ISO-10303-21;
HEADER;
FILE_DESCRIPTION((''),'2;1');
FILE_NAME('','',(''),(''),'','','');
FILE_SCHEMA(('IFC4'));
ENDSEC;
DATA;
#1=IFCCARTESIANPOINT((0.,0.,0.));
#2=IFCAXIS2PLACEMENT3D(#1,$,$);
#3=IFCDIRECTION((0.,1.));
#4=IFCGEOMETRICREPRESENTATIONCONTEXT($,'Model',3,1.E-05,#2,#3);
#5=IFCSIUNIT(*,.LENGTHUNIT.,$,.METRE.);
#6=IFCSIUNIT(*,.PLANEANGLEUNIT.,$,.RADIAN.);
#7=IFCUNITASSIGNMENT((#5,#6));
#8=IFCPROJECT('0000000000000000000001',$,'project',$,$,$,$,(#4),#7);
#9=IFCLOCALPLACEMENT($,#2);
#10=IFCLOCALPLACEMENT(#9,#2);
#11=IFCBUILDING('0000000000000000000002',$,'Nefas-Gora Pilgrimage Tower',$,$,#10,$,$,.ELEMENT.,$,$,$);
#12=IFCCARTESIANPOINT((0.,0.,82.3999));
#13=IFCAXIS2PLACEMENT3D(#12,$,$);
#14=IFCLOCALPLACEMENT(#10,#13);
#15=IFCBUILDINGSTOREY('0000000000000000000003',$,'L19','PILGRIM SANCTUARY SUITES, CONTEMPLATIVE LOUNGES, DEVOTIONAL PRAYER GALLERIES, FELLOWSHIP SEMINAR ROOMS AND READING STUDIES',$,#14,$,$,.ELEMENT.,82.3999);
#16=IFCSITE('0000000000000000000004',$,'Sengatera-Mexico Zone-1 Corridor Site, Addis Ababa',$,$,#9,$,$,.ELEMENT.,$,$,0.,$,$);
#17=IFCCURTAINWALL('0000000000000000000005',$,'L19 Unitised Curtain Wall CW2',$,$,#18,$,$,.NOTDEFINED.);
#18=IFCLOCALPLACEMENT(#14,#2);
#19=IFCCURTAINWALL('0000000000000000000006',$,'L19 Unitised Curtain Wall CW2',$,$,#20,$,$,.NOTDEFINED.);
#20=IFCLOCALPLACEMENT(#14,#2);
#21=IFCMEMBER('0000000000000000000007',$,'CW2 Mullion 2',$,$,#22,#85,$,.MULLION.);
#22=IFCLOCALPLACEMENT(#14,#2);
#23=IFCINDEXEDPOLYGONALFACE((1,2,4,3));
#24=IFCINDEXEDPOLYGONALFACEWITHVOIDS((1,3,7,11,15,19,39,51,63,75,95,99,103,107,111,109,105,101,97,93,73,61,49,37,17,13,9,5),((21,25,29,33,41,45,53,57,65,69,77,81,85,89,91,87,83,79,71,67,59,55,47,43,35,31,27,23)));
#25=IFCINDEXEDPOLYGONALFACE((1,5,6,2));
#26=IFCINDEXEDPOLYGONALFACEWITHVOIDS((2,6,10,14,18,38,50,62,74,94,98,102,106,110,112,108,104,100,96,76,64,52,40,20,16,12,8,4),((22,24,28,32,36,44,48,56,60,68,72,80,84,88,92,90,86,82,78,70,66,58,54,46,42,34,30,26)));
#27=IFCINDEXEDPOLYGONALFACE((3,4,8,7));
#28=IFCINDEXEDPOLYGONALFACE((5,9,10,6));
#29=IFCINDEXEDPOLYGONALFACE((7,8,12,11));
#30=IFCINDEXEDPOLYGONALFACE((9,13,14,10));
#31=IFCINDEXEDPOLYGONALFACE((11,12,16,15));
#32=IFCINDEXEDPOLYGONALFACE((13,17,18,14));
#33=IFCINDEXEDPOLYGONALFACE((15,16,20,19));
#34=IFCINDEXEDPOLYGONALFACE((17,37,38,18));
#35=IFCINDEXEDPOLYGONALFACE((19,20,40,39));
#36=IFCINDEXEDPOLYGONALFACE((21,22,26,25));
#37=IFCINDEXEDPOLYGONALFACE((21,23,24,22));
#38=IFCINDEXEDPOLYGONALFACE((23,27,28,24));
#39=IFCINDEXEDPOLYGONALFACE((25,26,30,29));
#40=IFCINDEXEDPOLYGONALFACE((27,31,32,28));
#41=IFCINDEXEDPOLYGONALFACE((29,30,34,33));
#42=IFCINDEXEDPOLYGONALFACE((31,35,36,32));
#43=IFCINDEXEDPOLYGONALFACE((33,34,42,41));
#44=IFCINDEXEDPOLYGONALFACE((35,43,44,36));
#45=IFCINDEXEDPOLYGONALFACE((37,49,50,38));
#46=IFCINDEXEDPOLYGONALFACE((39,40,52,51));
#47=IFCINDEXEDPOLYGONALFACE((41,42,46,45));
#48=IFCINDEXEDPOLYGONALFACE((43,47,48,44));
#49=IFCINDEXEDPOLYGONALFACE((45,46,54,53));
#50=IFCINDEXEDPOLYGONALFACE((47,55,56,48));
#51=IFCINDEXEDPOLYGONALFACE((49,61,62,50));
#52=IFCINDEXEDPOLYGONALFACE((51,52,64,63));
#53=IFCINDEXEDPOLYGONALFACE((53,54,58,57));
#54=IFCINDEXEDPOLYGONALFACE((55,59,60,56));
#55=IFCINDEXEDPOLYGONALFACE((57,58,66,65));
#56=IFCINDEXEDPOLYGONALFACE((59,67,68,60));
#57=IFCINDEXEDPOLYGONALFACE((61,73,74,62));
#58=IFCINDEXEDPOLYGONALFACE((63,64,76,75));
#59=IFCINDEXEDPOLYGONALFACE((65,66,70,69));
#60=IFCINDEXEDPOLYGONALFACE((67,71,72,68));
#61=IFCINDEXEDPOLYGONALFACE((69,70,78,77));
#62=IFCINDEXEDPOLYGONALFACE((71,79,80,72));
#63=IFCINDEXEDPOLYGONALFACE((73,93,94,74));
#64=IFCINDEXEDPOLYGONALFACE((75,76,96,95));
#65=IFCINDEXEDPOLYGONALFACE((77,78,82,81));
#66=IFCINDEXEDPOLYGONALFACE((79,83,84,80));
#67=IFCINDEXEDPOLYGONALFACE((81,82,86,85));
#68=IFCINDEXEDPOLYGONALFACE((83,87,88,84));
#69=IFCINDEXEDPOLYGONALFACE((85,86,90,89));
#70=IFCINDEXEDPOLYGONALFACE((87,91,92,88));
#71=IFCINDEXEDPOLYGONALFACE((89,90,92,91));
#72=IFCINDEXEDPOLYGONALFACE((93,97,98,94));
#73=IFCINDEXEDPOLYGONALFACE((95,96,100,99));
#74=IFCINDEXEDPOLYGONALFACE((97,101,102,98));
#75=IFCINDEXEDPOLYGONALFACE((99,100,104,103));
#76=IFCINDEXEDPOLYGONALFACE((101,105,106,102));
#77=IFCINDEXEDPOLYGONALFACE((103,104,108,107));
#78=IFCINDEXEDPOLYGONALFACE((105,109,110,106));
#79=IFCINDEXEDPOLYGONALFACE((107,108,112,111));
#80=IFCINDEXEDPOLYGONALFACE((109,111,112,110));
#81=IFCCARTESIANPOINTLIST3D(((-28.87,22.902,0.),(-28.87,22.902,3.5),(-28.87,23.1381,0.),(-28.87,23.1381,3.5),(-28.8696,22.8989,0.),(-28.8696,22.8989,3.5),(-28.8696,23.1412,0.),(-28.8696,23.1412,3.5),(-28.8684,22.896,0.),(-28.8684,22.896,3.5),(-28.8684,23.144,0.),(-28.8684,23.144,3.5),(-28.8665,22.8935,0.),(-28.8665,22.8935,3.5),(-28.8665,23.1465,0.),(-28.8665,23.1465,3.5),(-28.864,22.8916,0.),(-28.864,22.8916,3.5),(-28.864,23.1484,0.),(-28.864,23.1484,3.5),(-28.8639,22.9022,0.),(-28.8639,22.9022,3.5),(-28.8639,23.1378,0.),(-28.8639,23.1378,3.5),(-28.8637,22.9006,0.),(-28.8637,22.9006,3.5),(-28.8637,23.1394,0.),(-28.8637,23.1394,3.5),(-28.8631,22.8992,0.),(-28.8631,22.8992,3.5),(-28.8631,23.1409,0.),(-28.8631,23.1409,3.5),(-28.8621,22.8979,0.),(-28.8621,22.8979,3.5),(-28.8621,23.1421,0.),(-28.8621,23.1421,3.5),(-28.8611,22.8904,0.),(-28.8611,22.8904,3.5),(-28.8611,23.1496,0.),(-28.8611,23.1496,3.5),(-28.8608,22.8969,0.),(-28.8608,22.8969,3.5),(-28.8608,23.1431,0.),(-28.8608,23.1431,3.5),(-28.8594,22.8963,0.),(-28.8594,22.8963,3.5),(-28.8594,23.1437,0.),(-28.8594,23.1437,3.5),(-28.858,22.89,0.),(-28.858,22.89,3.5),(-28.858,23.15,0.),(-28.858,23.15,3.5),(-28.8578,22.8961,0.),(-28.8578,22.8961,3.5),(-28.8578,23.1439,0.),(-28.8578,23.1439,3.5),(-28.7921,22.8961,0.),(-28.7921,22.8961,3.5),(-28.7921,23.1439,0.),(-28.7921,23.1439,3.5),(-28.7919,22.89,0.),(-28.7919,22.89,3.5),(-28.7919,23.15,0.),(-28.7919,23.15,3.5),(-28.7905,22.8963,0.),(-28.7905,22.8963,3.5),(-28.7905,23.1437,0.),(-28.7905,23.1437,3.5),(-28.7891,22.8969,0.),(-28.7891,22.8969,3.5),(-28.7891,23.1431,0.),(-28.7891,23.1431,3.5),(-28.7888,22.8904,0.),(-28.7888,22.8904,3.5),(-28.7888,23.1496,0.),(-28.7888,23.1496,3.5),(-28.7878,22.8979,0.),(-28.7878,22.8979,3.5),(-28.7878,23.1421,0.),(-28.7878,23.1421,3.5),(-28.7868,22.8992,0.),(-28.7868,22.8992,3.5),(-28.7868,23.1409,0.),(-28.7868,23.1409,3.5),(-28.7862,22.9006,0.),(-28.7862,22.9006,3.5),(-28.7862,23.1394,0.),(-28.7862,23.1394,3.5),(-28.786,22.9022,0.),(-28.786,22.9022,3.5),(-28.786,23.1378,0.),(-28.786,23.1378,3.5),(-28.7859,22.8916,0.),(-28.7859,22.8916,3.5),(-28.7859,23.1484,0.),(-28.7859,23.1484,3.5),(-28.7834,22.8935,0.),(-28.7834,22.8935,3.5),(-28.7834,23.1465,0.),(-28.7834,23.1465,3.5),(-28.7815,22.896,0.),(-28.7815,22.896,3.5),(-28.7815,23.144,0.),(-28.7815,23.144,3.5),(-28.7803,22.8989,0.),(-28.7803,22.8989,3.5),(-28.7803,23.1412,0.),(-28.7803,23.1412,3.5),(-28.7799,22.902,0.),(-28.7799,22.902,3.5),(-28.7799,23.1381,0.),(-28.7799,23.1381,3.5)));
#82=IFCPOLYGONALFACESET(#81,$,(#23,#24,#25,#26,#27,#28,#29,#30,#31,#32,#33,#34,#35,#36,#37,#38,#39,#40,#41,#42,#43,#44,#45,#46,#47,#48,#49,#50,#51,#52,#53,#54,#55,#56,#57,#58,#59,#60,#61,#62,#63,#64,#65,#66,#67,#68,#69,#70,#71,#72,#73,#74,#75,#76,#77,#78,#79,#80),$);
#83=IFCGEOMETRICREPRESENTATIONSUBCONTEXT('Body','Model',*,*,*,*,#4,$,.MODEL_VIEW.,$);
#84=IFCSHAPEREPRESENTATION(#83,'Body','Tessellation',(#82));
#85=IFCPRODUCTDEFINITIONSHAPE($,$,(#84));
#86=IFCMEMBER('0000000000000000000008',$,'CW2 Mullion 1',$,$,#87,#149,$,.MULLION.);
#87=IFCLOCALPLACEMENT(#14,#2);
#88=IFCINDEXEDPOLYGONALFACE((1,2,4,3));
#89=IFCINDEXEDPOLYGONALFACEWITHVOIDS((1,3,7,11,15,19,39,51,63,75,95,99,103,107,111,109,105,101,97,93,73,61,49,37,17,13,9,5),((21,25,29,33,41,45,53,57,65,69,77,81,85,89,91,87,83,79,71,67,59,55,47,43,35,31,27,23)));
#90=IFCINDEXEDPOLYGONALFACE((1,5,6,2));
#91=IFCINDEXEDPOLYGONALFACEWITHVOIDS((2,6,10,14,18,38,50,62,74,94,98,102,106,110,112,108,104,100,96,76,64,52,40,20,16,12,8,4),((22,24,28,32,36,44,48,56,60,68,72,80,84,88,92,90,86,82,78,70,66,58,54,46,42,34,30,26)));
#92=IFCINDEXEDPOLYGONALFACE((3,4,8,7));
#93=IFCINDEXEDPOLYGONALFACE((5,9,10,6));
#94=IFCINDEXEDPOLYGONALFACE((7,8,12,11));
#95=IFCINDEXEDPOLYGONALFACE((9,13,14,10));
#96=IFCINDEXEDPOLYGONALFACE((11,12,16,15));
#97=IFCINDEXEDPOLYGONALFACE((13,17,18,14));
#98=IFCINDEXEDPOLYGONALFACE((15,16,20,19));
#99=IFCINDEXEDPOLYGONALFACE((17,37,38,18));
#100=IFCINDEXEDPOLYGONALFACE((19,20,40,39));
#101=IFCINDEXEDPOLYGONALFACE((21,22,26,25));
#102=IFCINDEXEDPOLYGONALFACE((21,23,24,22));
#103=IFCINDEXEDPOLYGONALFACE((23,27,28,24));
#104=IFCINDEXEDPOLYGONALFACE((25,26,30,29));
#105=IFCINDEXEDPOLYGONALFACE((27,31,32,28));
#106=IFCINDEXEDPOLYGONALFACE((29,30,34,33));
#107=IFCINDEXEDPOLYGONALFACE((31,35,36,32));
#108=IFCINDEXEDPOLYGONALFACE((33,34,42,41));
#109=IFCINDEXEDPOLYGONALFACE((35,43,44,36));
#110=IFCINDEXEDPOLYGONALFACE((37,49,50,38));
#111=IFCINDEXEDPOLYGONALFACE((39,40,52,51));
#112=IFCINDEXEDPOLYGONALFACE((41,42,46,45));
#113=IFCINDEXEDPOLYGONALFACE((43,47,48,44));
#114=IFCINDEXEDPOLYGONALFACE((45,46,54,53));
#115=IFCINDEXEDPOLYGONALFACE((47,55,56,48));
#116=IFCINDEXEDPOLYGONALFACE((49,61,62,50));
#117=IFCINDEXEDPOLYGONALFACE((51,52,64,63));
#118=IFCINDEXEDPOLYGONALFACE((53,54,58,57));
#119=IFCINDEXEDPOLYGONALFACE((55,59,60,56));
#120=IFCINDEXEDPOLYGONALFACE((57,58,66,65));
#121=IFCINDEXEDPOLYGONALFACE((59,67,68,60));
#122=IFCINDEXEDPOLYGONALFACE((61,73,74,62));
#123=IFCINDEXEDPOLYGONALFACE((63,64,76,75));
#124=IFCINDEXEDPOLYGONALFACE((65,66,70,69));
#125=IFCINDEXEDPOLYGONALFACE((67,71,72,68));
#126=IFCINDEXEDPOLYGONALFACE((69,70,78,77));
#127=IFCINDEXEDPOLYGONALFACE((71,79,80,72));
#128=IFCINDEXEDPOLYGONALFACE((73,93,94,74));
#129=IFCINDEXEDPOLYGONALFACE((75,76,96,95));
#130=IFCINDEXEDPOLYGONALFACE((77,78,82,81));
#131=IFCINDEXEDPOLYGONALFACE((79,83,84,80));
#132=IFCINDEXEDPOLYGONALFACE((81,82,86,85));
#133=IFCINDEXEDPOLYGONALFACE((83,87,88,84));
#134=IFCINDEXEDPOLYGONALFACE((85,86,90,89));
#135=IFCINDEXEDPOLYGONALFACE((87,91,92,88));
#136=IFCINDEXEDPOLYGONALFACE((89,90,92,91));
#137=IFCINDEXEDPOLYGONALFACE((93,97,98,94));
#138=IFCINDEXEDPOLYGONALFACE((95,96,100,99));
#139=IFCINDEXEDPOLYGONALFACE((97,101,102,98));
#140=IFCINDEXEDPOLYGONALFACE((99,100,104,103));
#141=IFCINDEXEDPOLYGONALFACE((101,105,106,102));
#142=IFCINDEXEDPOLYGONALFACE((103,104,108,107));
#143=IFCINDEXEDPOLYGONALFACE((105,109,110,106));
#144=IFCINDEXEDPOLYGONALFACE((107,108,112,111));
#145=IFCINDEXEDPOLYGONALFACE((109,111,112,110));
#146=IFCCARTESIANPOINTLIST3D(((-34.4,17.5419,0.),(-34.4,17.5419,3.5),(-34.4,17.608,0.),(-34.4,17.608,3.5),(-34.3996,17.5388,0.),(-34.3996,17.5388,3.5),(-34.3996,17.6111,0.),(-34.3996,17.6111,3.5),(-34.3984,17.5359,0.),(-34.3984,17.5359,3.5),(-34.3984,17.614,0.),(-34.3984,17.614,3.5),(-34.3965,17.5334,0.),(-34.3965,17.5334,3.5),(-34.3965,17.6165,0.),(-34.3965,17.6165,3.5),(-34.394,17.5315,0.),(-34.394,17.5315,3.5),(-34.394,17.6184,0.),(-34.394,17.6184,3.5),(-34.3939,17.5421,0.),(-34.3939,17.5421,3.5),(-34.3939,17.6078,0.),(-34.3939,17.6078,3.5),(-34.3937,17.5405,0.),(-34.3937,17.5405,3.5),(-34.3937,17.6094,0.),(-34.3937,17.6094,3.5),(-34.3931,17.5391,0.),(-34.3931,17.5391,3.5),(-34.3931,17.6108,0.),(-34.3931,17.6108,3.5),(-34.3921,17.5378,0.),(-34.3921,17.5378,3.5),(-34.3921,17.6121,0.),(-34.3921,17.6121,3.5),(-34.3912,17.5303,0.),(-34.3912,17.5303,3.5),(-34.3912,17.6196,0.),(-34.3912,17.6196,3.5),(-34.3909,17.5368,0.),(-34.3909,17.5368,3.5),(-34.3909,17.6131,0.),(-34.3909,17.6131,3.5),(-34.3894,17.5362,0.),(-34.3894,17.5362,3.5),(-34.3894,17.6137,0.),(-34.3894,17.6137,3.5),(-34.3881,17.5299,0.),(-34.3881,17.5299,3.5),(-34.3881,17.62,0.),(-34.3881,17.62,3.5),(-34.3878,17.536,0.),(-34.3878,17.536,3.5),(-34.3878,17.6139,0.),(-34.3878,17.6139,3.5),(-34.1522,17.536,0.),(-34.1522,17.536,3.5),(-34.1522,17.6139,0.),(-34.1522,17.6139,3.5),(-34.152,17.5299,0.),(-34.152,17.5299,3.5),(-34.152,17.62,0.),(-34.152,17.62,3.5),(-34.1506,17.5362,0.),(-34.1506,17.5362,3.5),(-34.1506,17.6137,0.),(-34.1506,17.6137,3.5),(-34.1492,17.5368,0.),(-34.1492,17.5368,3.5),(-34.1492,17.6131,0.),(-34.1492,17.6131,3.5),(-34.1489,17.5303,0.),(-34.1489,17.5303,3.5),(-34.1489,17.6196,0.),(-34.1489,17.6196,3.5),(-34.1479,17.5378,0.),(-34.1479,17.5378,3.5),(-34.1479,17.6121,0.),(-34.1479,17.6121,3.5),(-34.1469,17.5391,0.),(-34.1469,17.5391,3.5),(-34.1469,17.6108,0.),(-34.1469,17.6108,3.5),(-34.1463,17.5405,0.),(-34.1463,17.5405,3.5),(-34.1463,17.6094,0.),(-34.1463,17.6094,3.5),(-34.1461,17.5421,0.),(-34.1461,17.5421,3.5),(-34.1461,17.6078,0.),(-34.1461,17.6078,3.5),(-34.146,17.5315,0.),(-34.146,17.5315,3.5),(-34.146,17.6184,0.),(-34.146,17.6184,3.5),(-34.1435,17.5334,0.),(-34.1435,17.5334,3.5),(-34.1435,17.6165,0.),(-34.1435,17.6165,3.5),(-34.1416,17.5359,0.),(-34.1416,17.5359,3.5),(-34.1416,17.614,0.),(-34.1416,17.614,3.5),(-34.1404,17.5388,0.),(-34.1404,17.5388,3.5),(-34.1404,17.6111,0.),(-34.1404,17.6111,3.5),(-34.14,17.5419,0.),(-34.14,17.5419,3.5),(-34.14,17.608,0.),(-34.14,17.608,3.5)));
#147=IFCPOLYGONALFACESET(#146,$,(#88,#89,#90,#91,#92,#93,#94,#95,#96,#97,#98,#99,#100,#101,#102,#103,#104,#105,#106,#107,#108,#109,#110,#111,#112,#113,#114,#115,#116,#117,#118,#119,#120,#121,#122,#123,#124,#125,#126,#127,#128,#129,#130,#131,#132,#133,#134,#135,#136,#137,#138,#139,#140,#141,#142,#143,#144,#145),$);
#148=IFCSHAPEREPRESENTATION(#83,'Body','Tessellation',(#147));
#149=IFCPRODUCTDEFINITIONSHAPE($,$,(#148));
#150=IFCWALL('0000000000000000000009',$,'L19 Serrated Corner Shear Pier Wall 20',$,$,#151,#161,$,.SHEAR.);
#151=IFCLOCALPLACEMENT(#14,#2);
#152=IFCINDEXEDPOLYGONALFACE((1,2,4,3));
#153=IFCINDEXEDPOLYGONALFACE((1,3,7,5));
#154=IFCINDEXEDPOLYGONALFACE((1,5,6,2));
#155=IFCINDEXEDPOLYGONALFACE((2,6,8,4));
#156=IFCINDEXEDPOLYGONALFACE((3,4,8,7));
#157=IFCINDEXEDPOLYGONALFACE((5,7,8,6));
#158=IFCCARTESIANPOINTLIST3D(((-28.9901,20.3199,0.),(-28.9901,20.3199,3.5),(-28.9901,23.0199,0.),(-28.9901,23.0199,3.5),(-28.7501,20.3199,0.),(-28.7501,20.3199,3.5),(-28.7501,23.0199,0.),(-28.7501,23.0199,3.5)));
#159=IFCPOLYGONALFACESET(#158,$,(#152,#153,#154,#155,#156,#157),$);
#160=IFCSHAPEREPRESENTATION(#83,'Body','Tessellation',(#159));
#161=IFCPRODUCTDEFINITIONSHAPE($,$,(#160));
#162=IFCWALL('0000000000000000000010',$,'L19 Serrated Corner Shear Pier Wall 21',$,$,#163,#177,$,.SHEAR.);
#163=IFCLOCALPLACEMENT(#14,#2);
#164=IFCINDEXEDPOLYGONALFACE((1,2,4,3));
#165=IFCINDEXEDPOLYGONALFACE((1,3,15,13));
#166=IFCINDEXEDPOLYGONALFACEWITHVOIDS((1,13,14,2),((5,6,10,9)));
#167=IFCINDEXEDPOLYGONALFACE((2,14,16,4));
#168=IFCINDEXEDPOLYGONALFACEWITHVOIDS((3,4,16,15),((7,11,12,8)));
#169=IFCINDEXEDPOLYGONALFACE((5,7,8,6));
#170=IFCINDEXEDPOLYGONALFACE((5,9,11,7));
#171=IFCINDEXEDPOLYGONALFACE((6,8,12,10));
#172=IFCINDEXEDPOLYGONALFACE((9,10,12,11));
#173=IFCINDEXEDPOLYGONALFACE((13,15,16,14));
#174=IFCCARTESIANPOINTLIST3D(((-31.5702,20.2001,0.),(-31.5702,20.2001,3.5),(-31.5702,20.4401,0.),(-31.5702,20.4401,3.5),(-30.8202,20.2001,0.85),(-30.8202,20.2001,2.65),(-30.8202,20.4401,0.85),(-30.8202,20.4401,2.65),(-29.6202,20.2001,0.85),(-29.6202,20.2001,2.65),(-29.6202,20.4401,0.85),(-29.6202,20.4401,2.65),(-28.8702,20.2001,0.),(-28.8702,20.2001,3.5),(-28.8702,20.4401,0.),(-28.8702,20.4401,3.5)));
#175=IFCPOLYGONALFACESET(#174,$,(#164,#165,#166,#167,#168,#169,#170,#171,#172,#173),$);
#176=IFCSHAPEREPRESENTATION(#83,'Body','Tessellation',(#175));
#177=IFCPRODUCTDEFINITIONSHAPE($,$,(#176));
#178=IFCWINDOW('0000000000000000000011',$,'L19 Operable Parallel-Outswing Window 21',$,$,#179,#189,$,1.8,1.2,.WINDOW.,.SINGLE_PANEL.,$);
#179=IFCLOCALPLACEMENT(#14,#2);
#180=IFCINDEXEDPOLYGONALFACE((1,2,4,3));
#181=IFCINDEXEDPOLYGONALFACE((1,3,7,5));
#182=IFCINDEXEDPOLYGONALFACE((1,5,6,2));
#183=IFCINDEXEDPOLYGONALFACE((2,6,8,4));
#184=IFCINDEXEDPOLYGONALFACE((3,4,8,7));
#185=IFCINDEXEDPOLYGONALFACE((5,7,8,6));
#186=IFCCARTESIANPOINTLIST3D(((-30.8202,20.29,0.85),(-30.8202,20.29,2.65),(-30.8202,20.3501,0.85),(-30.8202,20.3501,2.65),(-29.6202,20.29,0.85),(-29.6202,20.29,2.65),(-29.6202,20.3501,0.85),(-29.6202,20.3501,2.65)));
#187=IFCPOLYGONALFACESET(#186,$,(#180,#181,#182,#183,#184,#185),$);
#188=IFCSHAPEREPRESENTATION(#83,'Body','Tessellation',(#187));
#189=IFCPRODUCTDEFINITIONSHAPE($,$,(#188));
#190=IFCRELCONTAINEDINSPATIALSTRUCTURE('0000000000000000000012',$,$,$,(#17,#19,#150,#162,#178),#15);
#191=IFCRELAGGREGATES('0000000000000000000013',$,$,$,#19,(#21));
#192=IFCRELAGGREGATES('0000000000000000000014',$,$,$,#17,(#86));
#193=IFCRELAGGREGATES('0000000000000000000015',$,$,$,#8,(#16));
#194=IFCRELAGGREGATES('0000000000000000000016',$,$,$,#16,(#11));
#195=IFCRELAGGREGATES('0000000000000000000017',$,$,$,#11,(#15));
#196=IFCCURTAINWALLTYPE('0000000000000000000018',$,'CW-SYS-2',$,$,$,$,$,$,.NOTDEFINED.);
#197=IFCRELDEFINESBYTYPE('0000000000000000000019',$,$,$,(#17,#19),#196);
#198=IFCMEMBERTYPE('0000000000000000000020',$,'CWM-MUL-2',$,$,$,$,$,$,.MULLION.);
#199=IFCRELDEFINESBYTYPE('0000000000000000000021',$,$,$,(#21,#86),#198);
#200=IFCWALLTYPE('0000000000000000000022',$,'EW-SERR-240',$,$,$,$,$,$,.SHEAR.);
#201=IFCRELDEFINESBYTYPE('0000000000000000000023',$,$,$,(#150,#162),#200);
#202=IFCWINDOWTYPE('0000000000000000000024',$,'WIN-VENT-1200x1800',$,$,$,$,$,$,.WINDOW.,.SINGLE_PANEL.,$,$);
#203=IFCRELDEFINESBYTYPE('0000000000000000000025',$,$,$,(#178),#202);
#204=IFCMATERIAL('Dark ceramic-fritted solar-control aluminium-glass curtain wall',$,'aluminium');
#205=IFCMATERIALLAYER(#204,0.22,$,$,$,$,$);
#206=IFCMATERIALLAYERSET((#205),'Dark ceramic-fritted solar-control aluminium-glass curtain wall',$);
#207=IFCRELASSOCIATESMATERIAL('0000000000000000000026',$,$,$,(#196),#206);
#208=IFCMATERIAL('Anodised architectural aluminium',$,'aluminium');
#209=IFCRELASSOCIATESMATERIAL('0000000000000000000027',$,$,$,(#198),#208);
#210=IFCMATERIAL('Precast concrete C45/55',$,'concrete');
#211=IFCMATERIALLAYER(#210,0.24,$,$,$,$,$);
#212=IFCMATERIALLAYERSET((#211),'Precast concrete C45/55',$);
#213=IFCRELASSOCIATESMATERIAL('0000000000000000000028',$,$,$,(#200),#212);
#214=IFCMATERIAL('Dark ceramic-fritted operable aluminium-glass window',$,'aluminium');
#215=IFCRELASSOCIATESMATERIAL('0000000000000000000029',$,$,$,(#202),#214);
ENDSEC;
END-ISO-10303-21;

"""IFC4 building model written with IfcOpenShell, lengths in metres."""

from ifc_helpers import new_model, si_unit, direction, frame, frame_2d, origin, origin_2d, place, context, subcontext, project, spatial, rectangle, hollow_rectangle, extrude, source, transform, mapped, material, layer, layer_set, material_profile, profile_set, type_object, element, fill, aggregate, save


model = new_model("IFC4")

# Units and contexts
model_context = context("Model", 3, precision=1e-05, world=origin(), true_north=direction((0.0, 1.0)))
body_context = subcontext(model_context, "Body", "Model", "MODEL_VIEW")
ifc_project = project(units=[si_unit("LENGTHUNIT", "METRE"), si_unit("PLANEANGLEUNIT", "RADIAN")], contexts=[model_context])

# Site, building, storey
site_placement = place(None, origin())
site = spatial("IfcSite", under=ifc_project, at=site_placement, Name="Sengatera-Mexico Zone-1 Corridor Site, Addis Ababa", CompositionType="ELEMENT", RefElevation=0.0)
building_placement = place(site_placement, origin())
building = spatial("IfcBuilding", under=site, at=building_placement, Name="Nefas-Gora Pilgrimage Tower", CompositionType="ELEMENT")
storey_placement = place(building_placement, frame((0.0, 0.0, 82.3999)))
storey = spatial("IfcBuildingStorey", under=building, at=storey_placement, Name="L19", Description="PILGRIM SANCTUARY SUITES, CONTEMPLATIVE LOUNGES, DEVOTIONAL PRAYER GALLERIES, FELLOWSHIP SEMINAR ROOMS AND READING STUDIES", CompositionType="ELEMENT", Elevation=82.3999)

# Curtain walls, member
ifc_material_1 = material(Name="Dark ceramic-fritted solar-control aluminium-glass curtain wall", Category="aluminium")
ifc_layer_1 = layer(ifc_material_1, 0.22)
ifc_layer_set_1 = layer_set([ifc_layer_1], Name="Dark ceramic-fritted solar-control aluminium-glass curtain wall")
curtain_wall_type = type_object("IfcCurtainWallType", Name="CW-SYS-2", PredefinedType="NOTDEFINED", material=ifc_layer_set_1)
curtain_wall_1_placement = place(storey_placement, origin())
curtain_wall_1 = element("IfcCurtainWall", 1, at=curtain_wall_1_placement, inside=storey, type_object=curtain_wall_type, Name="L19 Unitised Curtain Wall CW2", PredefinedType="NOTDEFINED")
ifc_material_2 = material(Name="Anodised architectural aluminium", Category="aluminium")
curtain_wall_2_placement = place(storey_placement, origin())
curtain_wall_2 = element("IfcCurtainWall", 2, at=curtain_wall_2_placement, inside=storey, type_object=curtain_wall_type, Name="L19 Unitised Curtain Wall CW2", PredefinedType="NOTDEFINED")
ifc_material_profile_1 = material_profile(ifc_material_2, hollow_rectangle(XDim=0.0901, YDim=0.26, WallThickness=0.0061, InnerFilletRadius=0.0061, OuterFilletRadius=0.012, at=origin_2d()), Name="ALU MULLION 90x260")
ifc_profile_set_1 = profile_set([ifc_material_profile_1], Name="Anodised architectural aluminium")
member_type_1 = type_object("IfcMemberType", Name="CWM-MUL-2", PredefinedType="MULLION", material=ifc_profile_set_1)
shared_shape_1 = source(origin(), body_context, "Body", "SweptSolid", [
    extrude(hollow_rectangle(XDim=0.0901, YDim=0.26, WallThickness=0.0061, InnerFilletRadius=0.0061, OuterFilletRadius=0.012, at=origin_2d()), origin(), (0.0, 0.0, 1.0), 3.5),
])
member_1_placement = place(storey_placement, frame((-28.825, 23.02, 0.0), z_axis=(0.0, 0.0, 1.0), x_axis=(-1.0, 0.0, 0.0)))
member_1 = element("IfcMember", 3, at=member_1_placement, type_object=member_type_1, Name="CW2 Mullion 2", PredefinedType="MULLION", context=body_context, shape_type="MappedRepresentation", body=[
    mapped(shared_shape_1, transform((0.0, 0.0, 0.0), x_axis=(1.0, 0.0, 0.0), y_axis=(0.0, 1.0, 0.0), z_axis=(0.0, 0.0, 1.0), scale=1.0)),
])
aggregate(curtain_wall_2, [member_1])

# Member
member_2_placement = place(storey_placement, frame((-34.27, 17.575, 0.0), z_axis=(0.0, 0.0, 1.0), x_axis=(0.0, -1.0, 0.0)))
member_2 = element("IfcMember", 4, at=member_2_placement, type_object=member_type_1, Name="CW2 Mullion 1", PredefinedType="MULLION", context=body_context, shape_type="MappedRepresentation", body=[
    mapped(shared_shape_1, transform((0.0, 0.0, 0.0), x_axis=(1.0, 0.0, 0.0), y_axis=(0.0, 1.0, 0.0), z_axis=(0.0, 0.0, 1.0), scale=1.0)),
])
aggregate(curtain_wall_1, [member_2])

# Wall
ifc_material_3 = material(Name="Precast concrete C45/55", Category="concrete")
ifc_layer_2 = layer(ifc_material_3, 0.24)
ifc_layer_set_2 = layer_set([ifc_layer_2], Name="Precast concrete C45/55")
wall_type_1 = type_object("IfcWallType", Name="EW-SERR-240", PredefinedType="SHEAR", material=ifc_layer_set_2)
shared_shape_2 = source(origin(), body_context, "Body", "SweptSolid", [
    extrude(rectangle(XDim=2.7, YDim=0.24, at=frame_2d((1.3501, 0.0))), origin(), (0.0, 0.0, 1.0), 3.5),
])
wall_1_placement = place(storey_placement, frame((-28.8701, 23.02, 0.0), z_axis=(0.0, 0.0, 1.0), x_axis=(0.0, -1.0, 0.0)))
element("IfcWall", 5, at=wall_1_placement, inside=storey, type_object=wall_type_1, Name="L19 Serrated Corner Shear Pier Wall 20", PredefinedType="SHEAR", context=body_context, shape_type="MappedRepresentation", body=[
    mapped(shared_shape_2, transform((0.0, 0.0, 0.0), x_axis=(1.0, 0.0, 0.0), y_axis=(0.0, 1.0, 0.0), z_axis=(0.0, 0.0, 1.0), scale=1.0)),
])

# Wall, opening, window
wall_2_placement = place(storey_placement, frame((-28.8701, 20.3201, 0.0), z_axis=(0.0, 0.0, 1.0), x_axis=(-1.0, 0.0, 0.0)))
wall_2 = element("IfcWall", 6, at=wall_2_placement, inside=storey, type_object=wall_type_1, Name="L19 Serrated Corner Shear Pier Wall 21", PredefinedType="SHEAR", context=body_context, shape_type="MappedRepresentation", body=[
    mapped(shared_shape_2, transform((0.0, 0.0, 0.0), x_axis=(1.0, 0.0, 0.0), y_axis=(0.0, 1.0, 0.0), z_axis=(0.0, 0.0, 1.0), scale=1.0)),
])
opening_placement = place(wall_2_placement, frame((0.75, 0.0, 0.8501)))
opening = element("IfcOpeningElement", 7, at=opening_placement, cuts=wall_2, PredefinedType="OPENING", context=body_context, shape_type="SweptSolid", body=[
    extrude(rectangle(XDim=1.2, YDim=1.8, at=frame_2d((0.6001, 0.8999))), frame((0.0, 0.1299, 0.0), z_axis=(0.0, -1.0, 0.0), x_axis=(1.0, 0.0, 0.0)), (0.0, 0.0, 1.0), 0.26),
])
ifc_material_4 = material(Name="Dark ceramic-fritted operable aluminium-glass window", Category="aluminium")
window_type = type_object("IfcWindowType", Name="WIN-VENT-1200x1800", PartitioningType="SINGLE_PANEL", PredefinedType="WINDOW", material=ifc_material_4)
shared_shape_3 = source(origin(), body_context, "Body", "SweptSolid", [
    extrude(rectangle(XDim=1.2, YDim=1.8, at=frame_2d((0.6001, 0.8999))), frame((0.0, 0.03, 0.0), z_axis=(0.0, -1.0, 0.0), x_axis=(1.0, 0.0, 0.0)), (0.0, 0.0, 1.0), 0.0601),
])
window_placement = place(opening_placement, origin())
window = element("IfcWindow", 8, at=window_placement, inside=storey, type_object=window_type, Name="L19 Operable Parallel-Outswing Window 21", OverallHeight=1.8, OverallWidth=1.2, PartitioningType="SINGLE_PANEL", PredefinedType="WINDOW", context=body_context, shape_type="MappedRepresentation", body=[
    mapped(shared_shape_3, transform((0.0, 0.0, 0.0), x_axis=(1.0, 0.0, 0.0), y_axis=(0.0, 1.0, 0.0), z_axis=(0.0, 0.0, 1.0), scale=1.0)),
])
fill(opening, window)

save(model, "model.ifc")
